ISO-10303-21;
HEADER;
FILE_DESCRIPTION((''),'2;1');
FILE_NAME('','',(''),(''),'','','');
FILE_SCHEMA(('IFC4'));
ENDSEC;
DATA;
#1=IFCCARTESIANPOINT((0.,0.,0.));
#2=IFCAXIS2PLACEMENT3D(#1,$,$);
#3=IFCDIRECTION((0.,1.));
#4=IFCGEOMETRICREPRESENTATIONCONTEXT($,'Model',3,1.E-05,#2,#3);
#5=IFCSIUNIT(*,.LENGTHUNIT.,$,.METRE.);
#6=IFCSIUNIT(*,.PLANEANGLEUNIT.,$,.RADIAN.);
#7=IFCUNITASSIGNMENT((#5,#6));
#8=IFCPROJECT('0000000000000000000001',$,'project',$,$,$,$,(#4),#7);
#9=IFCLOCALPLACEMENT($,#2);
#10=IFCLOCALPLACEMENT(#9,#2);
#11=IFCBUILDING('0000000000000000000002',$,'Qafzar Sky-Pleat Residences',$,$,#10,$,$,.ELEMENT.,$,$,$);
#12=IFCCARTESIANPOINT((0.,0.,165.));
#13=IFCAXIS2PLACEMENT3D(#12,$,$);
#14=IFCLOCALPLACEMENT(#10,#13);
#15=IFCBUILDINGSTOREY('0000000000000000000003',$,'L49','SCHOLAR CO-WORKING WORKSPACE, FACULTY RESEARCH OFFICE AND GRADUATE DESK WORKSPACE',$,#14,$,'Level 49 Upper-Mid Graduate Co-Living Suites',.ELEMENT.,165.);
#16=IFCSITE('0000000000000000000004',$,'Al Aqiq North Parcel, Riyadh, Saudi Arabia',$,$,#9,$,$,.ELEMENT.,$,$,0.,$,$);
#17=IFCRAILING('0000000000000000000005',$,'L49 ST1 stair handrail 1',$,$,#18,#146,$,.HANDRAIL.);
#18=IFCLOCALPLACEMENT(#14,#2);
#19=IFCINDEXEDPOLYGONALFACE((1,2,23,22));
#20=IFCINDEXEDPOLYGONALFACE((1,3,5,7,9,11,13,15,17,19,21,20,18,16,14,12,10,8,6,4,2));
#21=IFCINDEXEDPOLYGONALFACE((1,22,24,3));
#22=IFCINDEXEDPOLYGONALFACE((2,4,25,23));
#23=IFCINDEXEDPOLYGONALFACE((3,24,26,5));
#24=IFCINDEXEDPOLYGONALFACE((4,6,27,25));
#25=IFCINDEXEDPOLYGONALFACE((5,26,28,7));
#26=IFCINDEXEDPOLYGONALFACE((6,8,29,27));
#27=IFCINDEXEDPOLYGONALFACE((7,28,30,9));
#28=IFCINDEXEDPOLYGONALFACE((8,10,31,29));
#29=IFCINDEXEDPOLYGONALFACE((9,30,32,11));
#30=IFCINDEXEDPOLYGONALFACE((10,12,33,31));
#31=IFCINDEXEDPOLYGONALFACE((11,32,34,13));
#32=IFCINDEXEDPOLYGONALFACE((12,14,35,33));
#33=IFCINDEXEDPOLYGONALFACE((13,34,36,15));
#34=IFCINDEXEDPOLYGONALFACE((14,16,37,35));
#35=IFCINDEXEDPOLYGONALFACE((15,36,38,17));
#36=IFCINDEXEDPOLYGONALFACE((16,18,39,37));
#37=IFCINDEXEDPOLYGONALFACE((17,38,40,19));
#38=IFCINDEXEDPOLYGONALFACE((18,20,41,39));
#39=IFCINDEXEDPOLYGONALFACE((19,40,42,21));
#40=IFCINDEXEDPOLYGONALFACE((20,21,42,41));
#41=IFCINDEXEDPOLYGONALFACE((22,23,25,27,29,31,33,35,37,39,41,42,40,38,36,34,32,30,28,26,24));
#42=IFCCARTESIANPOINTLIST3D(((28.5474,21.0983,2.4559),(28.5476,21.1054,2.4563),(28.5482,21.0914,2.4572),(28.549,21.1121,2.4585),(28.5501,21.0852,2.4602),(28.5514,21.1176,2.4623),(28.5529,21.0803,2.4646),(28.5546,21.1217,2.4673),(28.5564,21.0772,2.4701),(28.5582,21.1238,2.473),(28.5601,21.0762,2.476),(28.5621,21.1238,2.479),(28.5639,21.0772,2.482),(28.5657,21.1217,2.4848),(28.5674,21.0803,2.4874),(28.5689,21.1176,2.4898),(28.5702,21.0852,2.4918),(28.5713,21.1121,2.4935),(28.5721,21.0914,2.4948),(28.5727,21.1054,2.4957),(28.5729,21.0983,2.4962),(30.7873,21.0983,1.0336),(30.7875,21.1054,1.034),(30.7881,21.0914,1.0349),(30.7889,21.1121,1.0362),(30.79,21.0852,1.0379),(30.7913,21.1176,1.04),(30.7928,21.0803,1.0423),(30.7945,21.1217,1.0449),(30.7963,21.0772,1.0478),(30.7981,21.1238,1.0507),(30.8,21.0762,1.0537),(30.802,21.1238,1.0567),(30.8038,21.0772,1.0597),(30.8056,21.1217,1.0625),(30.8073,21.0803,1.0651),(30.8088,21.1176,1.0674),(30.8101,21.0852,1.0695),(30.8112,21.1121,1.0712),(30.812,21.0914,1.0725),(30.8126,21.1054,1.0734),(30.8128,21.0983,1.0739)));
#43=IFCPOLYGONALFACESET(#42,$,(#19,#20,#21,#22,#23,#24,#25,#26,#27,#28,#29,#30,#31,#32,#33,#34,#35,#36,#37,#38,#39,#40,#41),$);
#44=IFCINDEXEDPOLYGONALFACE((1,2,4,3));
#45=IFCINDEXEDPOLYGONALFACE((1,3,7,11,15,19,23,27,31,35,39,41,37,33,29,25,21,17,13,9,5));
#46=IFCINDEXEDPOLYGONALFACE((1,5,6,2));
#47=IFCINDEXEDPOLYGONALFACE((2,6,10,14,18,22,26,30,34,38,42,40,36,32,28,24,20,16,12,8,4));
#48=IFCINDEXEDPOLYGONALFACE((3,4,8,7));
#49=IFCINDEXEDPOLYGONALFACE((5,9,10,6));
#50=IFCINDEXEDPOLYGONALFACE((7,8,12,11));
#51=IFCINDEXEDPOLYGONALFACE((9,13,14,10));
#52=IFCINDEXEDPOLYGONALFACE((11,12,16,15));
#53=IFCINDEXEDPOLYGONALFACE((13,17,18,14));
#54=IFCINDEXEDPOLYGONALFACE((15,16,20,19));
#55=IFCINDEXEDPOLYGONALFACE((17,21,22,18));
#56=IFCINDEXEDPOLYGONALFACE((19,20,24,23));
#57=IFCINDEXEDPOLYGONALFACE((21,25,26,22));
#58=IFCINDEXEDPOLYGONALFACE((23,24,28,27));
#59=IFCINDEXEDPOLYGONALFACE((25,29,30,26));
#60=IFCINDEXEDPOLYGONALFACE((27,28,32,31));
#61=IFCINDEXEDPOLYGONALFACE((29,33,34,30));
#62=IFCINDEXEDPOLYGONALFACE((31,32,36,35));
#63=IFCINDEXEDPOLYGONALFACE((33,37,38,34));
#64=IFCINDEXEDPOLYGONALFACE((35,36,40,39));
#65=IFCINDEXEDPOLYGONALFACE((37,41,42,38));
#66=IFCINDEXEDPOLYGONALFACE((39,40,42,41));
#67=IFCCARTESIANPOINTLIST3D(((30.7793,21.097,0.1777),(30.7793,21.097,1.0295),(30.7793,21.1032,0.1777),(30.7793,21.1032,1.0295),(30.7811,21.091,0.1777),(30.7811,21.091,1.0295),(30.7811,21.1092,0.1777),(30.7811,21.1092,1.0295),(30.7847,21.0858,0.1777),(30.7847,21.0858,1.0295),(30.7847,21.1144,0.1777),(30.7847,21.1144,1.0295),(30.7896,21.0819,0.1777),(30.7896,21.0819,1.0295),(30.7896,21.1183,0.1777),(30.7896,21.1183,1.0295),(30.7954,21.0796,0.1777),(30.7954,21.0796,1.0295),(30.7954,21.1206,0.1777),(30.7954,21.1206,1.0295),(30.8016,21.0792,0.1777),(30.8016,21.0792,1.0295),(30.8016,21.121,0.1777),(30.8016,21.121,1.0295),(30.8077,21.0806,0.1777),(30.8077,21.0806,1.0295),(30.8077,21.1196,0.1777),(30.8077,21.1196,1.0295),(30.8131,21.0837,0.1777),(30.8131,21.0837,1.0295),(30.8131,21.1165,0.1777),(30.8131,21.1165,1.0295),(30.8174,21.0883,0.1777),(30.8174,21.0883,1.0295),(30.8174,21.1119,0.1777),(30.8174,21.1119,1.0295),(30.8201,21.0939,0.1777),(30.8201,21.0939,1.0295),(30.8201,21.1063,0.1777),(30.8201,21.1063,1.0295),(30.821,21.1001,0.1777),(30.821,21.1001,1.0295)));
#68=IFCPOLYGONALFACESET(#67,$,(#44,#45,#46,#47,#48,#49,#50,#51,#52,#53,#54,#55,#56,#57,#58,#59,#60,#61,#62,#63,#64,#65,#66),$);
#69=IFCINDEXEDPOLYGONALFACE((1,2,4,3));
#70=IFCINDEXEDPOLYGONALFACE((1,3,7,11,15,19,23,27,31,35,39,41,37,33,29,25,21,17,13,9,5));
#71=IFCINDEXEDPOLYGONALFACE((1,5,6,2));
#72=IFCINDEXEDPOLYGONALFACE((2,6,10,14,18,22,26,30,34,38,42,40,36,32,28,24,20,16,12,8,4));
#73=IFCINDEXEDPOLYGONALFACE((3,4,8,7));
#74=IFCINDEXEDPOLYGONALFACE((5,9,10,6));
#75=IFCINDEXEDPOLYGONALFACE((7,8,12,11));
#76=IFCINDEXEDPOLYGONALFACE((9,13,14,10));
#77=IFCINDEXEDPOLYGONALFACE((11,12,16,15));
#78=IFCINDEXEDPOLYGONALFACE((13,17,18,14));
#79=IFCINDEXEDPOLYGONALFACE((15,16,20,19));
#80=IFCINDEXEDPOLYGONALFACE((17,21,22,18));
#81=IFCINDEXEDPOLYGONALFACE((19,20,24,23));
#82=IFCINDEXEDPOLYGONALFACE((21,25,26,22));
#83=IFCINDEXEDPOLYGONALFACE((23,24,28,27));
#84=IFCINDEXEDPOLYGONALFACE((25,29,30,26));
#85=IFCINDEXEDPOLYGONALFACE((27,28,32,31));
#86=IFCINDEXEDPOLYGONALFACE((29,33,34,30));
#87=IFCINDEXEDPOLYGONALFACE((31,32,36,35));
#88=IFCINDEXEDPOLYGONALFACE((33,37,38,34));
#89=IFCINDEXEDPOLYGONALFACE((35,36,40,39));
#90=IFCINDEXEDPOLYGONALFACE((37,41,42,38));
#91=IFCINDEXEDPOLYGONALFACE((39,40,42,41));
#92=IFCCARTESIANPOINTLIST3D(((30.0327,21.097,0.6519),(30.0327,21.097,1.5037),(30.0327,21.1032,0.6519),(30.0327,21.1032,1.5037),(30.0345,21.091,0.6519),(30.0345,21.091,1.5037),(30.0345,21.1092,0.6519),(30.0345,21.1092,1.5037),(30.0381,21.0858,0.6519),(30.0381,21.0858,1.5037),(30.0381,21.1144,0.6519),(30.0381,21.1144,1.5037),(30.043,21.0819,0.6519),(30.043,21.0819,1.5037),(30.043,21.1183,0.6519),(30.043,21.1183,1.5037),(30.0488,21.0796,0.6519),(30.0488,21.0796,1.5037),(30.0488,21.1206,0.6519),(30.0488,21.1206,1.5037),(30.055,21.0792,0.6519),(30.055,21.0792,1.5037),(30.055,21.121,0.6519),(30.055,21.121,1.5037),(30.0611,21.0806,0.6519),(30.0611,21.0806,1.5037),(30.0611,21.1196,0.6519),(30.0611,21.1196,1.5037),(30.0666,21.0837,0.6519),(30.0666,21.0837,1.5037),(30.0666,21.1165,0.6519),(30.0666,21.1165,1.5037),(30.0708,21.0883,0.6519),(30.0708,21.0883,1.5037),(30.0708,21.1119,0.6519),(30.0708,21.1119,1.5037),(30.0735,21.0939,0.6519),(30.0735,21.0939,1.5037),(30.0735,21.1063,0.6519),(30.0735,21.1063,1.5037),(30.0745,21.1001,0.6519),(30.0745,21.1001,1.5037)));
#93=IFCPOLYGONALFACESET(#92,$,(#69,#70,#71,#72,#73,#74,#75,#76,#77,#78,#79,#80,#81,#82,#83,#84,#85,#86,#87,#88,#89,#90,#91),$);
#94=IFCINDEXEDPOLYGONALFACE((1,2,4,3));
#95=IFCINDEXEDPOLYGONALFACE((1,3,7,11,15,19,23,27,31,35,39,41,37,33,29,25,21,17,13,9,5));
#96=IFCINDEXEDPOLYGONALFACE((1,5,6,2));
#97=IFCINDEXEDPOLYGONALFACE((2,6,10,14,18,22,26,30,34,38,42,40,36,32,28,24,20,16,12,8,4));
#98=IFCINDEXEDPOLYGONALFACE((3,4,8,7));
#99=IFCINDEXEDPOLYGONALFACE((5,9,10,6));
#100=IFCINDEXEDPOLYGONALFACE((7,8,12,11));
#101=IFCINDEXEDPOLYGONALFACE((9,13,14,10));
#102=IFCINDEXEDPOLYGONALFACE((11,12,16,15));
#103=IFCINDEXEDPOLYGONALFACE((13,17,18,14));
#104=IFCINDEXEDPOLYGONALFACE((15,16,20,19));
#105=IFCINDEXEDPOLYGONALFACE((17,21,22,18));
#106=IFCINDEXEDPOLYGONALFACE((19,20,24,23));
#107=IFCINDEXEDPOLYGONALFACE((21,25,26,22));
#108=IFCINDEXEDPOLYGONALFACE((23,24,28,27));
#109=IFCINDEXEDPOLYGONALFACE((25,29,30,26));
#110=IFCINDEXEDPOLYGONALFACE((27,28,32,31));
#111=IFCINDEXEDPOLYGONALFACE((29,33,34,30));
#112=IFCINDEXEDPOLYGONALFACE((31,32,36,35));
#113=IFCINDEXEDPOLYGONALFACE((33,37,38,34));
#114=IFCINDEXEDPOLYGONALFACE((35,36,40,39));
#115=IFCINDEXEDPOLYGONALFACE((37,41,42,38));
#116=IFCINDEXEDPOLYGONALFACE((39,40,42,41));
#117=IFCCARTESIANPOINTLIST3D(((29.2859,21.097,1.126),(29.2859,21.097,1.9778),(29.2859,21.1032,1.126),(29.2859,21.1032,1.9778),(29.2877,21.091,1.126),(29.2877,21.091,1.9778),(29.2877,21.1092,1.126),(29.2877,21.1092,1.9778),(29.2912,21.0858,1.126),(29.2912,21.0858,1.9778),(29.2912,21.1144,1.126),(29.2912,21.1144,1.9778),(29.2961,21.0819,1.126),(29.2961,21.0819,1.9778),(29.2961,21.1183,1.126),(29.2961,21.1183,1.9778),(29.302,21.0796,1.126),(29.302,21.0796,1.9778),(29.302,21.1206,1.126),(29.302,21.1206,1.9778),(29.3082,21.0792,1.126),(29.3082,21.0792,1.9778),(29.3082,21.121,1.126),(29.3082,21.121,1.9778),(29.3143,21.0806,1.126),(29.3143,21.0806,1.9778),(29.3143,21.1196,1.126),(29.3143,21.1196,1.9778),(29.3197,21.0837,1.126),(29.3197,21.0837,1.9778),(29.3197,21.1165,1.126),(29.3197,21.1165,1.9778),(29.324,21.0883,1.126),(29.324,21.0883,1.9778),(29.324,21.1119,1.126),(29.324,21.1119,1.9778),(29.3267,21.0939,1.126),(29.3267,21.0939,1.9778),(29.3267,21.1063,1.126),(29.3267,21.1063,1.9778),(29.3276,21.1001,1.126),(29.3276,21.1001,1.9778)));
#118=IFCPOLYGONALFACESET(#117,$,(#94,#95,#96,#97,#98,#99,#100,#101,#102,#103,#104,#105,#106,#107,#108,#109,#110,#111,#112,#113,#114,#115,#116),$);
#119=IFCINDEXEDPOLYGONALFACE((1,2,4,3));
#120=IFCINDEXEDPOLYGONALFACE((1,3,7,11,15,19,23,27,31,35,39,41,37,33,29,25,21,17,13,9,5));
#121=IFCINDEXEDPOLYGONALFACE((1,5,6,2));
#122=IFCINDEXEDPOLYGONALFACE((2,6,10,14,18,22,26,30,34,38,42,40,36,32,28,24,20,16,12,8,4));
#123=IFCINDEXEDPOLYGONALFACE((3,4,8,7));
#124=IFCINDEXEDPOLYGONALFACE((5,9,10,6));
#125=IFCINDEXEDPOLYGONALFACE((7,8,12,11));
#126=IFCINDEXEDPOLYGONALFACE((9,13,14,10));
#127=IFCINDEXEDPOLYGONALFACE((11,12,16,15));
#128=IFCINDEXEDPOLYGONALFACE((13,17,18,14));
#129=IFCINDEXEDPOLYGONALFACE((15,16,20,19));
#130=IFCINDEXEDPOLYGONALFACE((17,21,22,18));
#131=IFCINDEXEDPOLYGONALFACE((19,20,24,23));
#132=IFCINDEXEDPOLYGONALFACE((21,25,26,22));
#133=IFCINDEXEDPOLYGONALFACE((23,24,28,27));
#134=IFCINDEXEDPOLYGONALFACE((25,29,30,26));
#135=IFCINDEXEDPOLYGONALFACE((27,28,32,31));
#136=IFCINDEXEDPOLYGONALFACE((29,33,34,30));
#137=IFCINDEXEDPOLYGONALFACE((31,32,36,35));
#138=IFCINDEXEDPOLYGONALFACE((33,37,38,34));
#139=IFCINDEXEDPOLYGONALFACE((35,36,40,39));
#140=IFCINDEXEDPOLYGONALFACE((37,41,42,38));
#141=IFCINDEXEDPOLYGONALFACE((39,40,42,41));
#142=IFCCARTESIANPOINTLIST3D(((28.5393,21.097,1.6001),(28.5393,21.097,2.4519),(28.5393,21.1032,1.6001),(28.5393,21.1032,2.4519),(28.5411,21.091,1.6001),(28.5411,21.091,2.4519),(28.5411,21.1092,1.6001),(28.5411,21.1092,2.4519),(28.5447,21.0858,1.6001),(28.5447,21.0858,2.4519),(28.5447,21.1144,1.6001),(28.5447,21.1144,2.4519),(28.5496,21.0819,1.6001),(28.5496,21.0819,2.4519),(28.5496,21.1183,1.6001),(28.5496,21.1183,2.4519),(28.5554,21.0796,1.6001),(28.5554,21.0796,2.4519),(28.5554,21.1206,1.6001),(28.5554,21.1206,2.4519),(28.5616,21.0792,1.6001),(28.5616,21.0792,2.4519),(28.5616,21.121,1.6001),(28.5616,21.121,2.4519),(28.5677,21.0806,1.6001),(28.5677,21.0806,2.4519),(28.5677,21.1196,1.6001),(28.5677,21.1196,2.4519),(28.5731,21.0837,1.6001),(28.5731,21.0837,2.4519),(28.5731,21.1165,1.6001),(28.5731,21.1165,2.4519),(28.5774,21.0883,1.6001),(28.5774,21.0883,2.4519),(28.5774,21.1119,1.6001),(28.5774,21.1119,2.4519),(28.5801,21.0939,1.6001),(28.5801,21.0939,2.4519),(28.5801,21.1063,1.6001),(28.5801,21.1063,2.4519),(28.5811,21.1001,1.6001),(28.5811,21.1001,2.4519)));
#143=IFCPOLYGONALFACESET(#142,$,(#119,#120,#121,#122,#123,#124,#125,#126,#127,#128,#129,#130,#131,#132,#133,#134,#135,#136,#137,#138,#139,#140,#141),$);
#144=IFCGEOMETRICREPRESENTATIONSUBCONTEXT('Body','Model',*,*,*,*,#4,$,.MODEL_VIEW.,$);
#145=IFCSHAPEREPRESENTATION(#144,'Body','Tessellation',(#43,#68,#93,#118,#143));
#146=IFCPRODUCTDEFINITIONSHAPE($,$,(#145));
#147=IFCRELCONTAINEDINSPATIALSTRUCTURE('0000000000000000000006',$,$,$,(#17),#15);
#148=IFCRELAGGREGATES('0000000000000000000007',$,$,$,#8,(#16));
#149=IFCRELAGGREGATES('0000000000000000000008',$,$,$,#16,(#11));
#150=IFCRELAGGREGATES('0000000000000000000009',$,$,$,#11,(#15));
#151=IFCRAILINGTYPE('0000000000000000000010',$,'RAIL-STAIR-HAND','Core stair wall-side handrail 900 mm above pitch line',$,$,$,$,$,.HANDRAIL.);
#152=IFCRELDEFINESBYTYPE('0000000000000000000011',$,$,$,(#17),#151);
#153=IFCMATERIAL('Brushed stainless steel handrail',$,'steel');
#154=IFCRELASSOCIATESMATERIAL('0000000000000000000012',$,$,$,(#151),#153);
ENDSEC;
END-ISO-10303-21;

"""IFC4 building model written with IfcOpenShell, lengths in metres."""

from ifc_helpers import new_model, si_unit, direction, frame, origin, origin_2d, place, context, subcontext, project, spatial, circle, extrude, source, transform, mapped, material, type_object, element, save


model = new_model("IFC4")

# Units and contexts
model_context = context("Model", 3, precision=1e-05, world=origin(), true_north=direction((0.0, 1.0)))
body_context = subcontext(model_context, "Body", "Model", "MODEL_VIEW")
ifc_project = project(units=[si_unit("LENGTHUNIT", "METRE"), si_unit("PLANEANGLEUNIT", "RADIAN")], contexts=[model_context])

# Site, building, storey
site_placement = place(None, origin())
site = spatial("IfcSite", under=ifc_project, at=site_placement, Name="Al Aqiq North Parcel, Riyadh, Saudi Arabia", CompositionType="ELEMENT", RefElevation=0.0)
building_placement = place(site_placement, origin())
building = spatial("IfcBuilding", under=site, at=building_placement, Name="Qafzar Sky-Pleat Residences", CompositionType="ELEMENT")
storey_placement = place(building_placement, frame((0.0, 0.0, 165.0)))
storey = spatial("IfcBuildingStorey", under=building, at=storey_placement, Name="L49", Description="SCHOLAR CO-WORKING WORKSPACE, FACULTY RESEARCH OFFICE AND GRADUATE DESK WORKSPACE", LongName="Level 49 Upper-Mid Graduate Co-Living Suites", CompositionType="ELEMENT", Elevation=165.0)

# Railing
ifc_material_1 = material(Name="Brushed stainless steel handrail", Category="steel")
railing_type_1 = type_object("IfcRailingType", Name="RAIL-STAIR-HAND", Description="Core stair wall-side handrail 900 mm above pitch line", PredefinedType="HANDRAIL", material=ifc_material_1)
shared_shape_1 = source(origin(), body_context, "Body", "SweptSolid", [
    extrude(circle(Radius=0.0239, at=origin_2d()), frame((0.0, 0.0, 0.876), z_axis=(-0.844188, 0.0, 0.536048), x_axis=(0.0, -1.0, 0.0)), (0.0, 0.0, 1.0), 2.6533),
    extrude(circle(Radius=0.021, at=origin_2d()), origin(), (0.0, 0.0, 1.0), 0.8518),
    extrude(circle(Radius=0.021, at=origin_2d()), frame((-0.7466, 0.0, 0.4741)), (0.0, 0.0, 1.0), 0.8518),
    extrude(circle(Radius=0.021, at=origin_2d()), frame((-1.4934, 0.0, 0.9482)), (0.0, 0.0, 1.0), 0.8518),
    extrude(circle(Radius=0.021, at=origin_2d()), frame((-2.24, 0.0, 1.4224)), (0.0, 0.0, 1.0), 0.8518),
])
railing_1_placement = place(storey_placement, frame((30.8, 21.1001, 0.1777)))
element("IfcRailing", 1, at=railing_1_placement, inside=storey, type_object=railing_type_1, Name="L49 ST1 stair handrail 1", PredefinedType="HANDRAIL", context=body_context, shape_type="MappedRepresentation", body=[
    mapped(shared_shape_1, transform((0.0, 0.0, 0.0), x_axis=(1.0, 0.0, 0.0), y_axis=(0.0, 1.0, 0.0), z_axis=(0.0, 0.0, 1.0), scale=1.0)),
])

save(model, "model.ifc")
